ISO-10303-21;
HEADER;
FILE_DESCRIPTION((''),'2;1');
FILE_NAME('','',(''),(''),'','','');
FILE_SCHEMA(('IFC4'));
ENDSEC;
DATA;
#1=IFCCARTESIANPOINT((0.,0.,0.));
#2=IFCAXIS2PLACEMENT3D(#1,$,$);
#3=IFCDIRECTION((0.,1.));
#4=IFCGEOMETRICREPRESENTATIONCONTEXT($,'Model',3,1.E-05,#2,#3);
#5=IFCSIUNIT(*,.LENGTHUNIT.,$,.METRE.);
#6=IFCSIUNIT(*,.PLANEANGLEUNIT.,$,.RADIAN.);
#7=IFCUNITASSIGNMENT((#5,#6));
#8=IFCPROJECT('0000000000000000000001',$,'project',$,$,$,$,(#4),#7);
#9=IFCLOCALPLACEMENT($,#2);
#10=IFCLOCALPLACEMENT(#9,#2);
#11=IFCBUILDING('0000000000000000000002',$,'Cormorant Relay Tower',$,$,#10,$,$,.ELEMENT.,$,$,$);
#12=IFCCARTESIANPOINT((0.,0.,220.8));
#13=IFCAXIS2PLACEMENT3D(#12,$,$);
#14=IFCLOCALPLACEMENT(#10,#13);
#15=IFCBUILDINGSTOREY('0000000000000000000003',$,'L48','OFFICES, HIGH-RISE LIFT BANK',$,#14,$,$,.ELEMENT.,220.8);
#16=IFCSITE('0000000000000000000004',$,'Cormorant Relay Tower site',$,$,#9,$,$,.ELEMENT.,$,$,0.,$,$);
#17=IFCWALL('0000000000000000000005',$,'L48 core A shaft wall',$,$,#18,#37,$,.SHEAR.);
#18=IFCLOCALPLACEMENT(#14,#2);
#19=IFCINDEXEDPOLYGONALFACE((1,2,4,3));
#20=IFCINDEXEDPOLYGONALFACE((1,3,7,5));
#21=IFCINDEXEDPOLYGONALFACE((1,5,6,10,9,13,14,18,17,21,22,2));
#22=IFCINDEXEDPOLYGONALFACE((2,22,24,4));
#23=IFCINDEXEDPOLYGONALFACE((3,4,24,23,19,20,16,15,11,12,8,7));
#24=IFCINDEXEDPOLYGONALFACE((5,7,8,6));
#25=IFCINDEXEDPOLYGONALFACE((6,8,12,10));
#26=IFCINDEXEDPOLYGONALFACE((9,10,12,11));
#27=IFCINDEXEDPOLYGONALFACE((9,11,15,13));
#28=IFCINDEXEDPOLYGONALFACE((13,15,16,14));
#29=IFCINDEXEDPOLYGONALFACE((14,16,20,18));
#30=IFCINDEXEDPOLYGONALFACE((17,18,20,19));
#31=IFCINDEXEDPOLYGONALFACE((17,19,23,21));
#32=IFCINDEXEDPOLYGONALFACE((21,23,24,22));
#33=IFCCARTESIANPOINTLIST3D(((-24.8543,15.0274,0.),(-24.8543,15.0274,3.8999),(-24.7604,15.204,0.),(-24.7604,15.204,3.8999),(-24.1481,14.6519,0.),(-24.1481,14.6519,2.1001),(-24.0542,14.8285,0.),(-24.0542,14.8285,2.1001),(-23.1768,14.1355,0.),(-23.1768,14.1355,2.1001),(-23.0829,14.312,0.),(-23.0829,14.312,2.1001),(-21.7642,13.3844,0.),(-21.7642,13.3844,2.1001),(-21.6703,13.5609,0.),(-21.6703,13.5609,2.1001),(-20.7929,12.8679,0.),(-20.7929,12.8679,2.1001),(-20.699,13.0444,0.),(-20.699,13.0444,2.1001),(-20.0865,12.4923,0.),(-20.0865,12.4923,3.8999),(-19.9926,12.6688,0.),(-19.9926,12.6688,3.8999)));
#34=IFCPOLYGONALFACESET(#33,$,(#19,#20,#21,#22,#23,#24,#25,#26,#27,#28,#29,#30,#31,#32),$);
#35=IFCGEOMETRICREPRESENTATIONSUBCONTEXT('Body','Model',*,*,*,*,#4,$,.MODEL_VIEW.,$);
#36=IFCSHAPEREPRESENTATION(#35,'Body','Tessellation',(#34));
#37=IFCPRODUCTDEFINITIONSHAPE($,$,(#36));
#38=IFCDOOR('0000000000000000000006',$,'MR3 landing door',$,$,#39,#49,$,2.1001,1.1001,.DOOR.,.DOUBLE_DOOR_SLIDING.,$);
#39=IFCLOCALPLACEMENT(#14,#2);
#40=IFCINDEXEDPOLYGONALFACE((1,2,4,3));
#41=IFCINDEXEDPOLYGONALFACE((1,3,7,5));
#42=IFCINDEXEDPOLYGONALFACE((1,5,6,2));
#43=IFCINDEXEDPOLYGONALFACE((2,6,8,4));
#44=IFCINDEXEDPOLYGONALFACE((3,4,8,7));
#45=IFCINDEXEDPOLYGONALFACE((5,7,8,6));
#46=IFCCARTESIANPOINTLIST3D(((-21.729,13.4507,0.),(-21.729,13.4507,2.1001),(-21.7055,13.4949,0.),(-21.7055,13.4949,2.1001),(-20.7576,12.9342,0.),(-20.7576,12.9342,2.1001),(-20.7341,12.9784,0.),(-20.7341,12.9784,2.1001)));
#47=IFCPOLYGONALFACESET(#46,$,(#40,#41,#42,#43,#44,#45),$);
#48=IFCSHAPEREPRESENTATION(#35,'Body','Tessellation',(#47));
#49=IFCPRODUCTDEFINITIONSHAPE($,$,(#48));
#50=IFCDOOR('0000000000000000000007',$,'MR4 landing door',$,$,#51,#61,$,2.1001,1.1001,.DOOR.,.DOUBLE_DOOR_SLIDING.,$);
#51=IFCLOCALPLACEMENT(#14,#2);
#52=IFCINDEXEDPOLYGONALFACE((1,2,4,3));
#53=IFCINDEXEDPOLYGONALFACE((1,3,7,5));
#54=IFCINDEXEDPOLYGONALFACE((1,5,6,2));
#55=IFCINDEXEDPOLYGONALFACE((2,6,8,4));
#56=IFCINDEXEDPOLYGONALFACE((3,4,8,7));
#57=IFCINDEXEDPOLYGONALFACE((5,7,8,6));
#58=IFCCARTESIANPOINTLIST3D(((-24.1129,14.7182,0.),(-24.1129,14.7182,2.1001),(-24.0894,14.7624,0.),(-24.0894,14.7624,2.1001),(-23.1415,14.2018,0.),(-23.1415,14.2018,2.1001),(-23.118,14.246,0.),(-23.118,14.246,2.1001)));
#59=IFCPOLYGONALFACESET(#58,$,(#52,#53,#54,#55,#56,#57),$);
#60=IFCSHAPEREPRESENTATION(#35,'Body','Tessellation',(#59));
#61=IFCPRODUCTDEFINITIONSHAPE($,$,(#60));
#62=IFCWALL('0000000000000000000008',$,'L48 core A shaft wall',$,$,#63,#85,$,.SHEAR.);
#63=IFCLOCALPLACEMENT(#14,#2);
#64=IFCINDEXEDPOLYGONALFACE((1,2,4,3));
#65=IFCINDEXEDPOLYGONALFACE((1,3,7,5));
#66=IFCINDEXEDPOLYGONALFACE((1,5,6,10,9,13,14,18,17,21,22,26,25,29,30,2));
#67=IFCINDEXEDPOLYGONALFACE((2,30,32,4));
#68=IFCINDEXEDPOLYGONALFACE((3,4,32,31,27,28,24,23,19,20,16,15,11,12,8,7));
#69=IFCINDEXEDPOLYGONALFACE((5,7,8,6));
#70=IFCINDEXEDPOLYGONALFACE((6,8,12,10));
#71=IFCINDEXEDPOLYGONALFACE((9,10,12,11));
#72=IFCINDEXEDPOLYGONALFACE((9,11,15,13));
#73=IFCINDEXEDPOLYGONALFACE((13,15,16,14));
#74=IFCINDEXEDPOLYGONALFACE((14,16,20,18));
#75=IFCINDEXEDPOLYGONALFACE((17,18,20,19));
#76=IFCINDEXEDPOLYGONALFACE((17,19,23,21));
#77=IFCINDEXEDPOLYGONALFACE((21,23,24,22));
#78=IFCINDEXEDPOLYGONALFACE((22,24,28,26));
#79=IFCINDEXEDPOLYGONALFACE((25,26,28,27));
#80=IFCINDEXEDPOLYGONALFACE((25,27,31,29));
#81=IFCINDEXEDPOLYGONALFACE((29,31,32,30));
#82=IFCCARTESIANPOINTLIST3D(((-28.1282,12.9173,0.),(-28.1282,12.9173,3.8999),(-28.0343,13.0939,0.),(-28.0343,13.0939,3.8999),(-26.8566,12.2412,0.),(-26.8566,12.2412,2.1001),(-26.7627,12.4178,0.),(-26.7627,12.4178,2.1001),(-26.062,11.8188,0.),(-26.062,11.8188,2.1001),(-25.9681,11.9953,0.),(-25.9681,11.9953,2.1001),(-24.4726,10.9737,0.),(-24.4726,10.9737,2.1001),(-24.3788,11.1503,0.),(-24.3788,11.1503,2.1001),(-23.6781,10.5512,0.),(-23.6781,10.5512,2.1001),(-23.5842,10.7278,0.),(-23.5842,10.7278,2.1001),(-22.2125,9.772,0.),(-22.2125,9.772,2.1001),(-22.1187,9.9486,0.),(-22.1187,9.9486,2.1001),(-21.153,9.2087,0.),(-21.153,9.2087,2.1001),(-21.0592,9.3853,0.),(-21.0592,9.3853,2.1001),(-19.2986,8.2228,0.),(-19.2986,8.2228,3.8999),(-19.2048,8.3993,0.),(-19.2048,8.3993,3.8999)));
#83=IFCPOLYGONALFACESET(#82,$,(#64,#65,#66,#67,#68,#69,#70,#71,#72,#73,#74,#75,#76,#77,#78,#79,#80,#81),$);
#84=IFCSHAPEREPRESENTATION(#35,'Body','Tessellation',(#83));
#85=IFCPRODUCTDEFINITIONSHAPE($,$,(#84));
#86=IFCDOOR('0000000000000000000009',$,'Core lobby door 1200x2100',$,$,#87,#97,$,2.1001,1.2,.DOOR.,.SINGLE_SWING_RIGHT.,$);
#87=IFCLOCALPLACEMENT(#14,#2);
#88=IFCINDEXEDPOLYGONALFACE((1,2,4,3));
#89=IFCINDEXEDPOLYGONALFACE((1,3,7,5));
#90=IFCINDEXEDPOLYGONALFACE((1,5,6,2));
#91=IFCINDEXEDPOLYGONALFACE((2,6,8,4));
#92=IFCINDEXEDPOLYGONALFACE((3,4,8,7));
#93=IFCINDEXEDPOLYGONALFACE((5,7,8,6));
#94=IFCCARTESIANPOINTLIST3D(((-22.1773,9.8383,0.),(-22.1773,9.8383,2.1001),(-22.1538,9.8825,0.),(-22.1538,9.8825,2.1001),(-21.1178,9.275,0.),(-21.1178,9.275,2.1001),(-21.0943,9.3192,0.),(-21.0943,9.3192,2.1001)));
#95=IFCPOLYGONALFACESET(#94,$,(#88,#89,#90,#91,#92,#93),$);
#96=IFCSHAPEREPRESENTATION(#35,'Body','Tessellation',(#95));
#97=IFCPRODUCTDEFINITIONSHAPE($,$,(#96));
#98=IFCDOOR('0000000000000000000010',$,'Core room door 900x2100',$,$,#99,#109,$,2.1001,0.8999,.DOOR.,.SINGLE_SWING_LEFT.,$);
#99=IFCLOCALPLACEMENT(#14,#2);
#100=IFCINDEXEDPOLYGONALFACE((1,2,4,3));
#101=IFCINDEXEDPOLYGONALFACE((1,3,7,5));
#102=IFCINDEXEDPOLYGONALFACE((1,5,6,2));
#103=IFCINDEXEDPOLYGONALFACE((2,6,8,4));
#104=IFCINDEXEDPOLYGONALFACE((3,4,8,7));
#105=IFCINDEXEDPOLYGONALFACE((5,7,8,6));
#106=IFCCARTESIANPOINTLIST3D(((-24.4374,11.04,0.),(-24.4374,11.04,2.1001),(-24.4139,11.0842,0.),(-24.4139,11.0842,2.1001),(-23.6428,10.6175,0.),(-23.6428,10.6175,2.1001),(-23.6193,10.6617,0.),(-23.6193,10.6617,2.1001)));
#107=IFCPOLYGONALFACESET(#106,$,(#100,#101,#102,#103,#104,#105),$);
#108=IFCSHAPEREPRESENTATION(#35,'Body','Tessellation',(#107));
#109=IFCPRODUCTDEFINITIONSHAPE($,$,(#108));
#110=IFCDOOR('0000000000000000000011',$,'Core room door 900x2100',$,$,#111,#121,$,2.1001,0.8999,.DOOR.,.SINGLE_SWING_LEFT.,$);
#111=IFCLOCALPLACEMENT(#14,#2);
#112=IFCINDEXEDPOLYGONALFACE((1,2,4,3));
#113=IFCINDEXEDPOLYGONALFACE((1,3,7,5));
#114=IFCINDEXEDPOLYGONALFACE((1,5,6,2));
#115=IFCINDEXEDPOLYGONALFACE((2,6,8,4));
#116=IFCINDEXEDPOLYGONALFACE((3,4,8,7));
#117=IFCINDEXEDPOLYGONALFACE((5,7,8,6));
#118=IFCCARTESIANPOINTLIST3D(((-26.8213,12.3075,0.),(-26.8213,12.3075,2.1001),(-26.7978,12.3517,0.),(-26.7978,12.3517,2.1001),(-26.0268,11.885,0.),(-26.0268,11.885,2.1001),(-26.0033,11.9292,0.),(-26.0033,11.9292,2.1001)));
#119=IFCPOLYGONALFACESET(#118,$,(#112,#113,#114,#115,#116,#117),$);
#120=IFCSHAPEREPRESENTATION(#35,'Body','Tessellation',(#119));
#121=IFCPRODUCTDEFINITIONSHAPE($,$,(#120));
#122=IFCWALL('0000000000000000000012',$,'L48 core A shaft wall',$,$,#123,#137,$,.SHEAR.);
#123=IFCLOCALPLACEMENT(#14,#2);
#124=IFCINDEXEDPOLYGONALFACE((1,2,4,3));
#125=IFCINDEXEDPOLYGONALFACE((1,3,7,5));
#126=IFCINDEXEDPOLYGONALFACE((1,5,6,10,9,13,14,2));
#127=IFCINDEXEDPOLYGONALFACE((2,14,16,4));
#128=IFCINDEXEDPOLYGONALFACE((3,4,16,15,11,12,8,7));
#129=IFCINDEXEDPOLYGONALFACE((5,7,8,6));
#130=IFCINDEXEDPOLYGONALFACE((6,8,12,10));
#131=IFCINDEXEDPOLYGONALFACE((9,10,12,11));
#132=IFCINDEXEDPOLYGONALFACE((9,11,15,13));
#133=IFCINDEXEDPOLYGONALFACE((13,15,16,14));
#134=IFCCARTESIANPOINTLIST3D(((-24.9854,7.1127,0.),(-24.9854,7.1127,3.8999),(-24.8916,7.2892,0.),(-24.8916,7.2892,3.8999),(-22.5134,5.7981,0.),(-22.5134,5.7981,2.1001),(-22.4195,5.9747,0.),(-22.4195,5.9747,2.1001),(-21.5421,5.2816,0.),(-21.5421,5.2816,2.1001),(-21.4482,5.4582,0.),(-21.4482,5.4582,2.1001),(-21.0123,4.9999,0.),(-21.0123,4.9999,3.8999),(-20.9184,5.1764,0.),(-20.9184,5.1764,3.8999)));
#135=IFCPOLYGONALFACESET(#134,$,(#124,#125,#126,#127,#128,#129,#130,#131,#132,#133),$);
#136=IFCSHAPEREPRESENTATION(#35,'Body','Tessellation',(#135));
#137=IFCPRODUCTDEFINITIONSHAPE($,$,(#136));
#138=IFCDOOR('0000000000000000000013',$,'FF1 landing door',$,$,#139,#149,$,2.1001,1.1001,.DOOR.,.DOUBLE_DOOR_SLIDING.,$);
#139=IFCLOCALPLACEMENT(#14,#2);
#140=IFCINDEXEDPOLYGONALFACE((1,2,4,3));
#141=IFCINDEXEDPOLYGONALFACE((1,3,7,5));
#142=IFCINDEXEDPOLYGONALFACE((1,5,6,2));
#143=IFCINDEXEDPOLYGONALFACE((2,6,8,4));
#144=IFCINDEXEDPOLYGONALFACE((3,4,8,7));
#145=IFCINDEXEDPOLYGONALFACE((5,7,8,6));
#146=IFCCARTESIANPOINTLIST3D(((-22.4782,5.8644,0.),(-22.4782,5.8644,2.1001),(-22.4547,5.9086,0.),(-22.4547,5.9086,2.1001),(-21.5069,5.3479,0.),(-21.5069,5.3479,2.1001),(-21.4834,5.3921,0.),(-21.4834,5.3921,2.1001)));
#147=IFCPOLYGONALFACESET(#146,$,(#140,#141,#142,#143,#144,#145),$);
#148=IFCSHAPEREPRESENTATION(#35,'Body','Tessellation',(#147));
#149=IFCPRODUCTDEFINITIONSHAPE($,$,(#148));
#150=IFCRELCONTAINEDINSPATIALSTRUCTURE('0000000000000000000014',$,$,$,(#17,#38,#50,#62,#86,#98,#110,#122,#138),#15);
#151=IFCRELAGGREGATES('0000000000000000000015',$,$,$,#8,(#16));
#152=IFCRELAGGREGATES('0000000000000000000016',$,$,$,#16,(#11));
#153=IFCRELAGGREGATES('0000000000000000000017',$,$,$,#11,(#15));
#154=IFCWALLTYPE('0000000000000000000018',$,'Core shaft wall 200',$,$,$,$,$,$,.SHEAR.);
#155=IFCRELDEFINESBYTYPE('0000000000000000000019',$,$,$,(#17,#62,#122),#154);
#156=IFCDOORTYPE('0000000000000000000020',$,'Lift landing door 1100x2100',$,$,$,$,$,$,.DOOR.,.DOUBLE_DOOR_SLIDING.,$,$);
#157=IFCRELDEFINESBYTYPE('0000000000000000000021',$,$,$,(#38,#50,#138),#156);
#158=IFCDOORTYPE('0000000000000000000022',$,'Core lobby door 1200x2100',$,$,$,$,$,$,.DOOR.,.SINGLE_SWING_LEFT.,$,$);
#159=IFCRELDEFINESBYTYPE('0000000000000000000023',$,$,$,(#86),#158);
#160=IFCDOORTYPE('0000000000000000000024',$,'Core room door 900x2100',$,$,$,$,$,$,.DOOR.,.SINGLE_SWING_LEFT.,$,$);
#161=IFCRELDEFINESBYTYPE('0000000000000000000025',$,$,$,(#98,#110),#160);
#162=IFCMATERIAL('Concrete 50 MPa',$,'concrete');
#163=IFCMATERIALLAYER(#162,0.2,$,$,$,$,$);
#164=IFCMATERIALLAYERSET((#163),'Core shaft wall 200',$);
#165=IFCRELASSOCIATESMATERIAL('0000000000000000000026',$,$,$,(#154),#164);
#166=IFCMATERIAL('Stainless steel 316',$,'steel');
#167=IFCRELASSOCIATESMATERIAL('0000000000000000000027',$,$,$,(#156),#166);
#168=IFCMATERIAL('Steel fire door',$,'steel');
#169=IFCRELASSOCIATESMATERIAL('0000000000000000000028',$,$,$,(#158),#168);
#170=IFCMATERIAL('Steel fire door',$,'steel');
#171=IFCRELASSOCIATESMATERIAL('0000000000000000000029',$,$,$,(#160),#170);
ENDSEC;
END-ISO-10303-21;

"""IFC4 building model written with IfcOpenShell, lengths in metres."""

from ifc_helpers import new_model, si_unit, direction, frame, frame_2d, origin, place, context, subcontext, project, spatial, rectangle, extrude, material, layer, layer_set, type_object, element, fill, save


model = new_model("IFC4")

# Units and contexts
model_context = context("Model", 3, precision=1e-05, world=origin(), true_north=direction((0.0, 1.0)))
body_context = subcontext(model_context, "Body", "Model", "MODEL_VIEW")
ifc_project = project(units=[si_unit("LENGTHUNIT", "METRE"), si_unit("PLANEANGLEUNIT", "RADIAN")], contexts=[model_context])

# Site, building, storey
site_placement = place(None, origin())
site = spatial("IfcSite", under=ifc_project, at=site_placement, Name="Cormorant Relay Tower site", CompositionType="ELEMENT", RefElevation=0.0)
building_placement = place(site_placement, origin())
building = spatial("IfcBuilding", under=site, at=building_placement, Name="Cormorant Relay Tower", CompositionType="ELEMENT")
storey_placement = place(building_placement, frame((0.0, 0.0, 220.8)))
storey = spatial("IfcBuildingStorey", under=building, at=storey_placement, Name="L48", Description="OFFICES, HIGH-RISE LIFT BANK", CompositionType="ELEMENT", Elevation=220.8)

# Shared definitions
ifc_material_1 = material(Name="Concrete 50 MPa", Category="concrete")
ifc_layer_1 = layer(ifc_material_1, 0.2)
ifc_layer_set_1 = layer_set([ifc_layer_1], Name="Core shaft wall 200")
wall_type_1 = type_object("IfcWallType", Name="Core shaft wall 200", PredefinedType="SHEAR", material=ifc_layer_set_1)

# Walls, openings, doors
wall_1_placement = place(storey_placement, frame((-20.0396, 12.5806, 0.0), z_axis=(0.0, 0.0, 1.0), x_axis=(-0.882943, 0.46948, 0.0)))
wall_1 = element("IfcWall", 1, at=wall_1_placement, inside=storey, type_object=wall_type_1, Name="L48 core A shaft wall", PredefinedType="SHEAR", context=body_context, shape_type="SweptSolid", body=[
    extrude(rectangle(XDim=5.3999, YDim=0.2, at=frame_2d((2.7, 0.0))), origin(), (0.0, 0.0, 1.0), 3.8999),
])
opening_1_placement = place(wall_1_placement, frame((0.8, 0.0, 0.0)))
opening_1 = element("IfcOpeningElement", 2, at=opening_1_placement, cuts=wall_1, PredefinedType="OPENING", context=body_context, shape_type="SweptSolid", body=[
    extrude(rectangle(XDim=1.1001, YDim=2.1001, at=frame_2d((0.55, 1.05))), frame((0.0, 0.1099, 0.0), z_axis=(0.0, -1.0, 0.0), x_axis=(1.0, 0.0, 0.0)), (0.0, 0.0, 1.0), 0.22),
])
opening_2_placement = place(wall_1_placement, frame((3.5, 0.0, 0.0)))
opening_2 = element("IfcOpeningElement", 3, at=opening_2_placement, cuts=wall_1, PredefinedType="OPENING", context=body_context, shape_type="SweptSolid", body=[
    extrude(rectangle(XDim=1.1001, YDim=2.1001, at=frame_2d((0.55, 1.05))), frame((0.0, 0.1099, 0.0), z_axis=(0.0, -1.0, 0.0), x_axis=(1.0, 0.0, 0.0)), (0.0, 0.0, 1.0), 0.22),
])
ifc_material_2 = material(Name="Stainless steel 316", Category="steel")
door_type_1 = type_object("IfcDoorType", Name="Lift landing door 1100x2100", OperationType="DOUBLE_DOOR_SLIDING", PredefinedType="DOOR", material=ifc_material_2)
door_1_placement = place(opening_1_placement, origin())
door_1 = element("IfcDoor", 4, at=door_1_placement, inside=storey, type_object=door_type_1, Name="MR3 landing door", OperationType="DOUBLE_DOOR_SLIDING", OverallHeight=2.1001, OverallWidth=1.1001, PredefinedType="DOOR", context=body_context, shape_type="SweptSolid", body=[
    extrude(rectangle(XDim=1.1001, YDim=2.1001, at=frame_2d((0.55, 1.05))), frame((0.0, 0.0249, 0.0), z_axis=(0.0, -1.0, 0.0), x_axis=(1.0, 0.0, 0.0)), (0.0, 0.0, 1.0), 0.05),
])
fill(opening_1, door_1)
door_2_placement = place(opening_2_placement, origin())
door_2 = element("IfcDoor", 5, at=door_2_placement, inside=storey, type_object=door_type_1, Name="MR4 landing door", OperationType="DOUBLE_DOOR_SLIDING", OverallHeight=2.1001, OverallWidth=1.1001, PredefinedType="DOOR", context=body_context, shape_type="SweptSolid", body=[
    extrude(rectangle(XDim=1.1001, YDim=2.1001, at=frame_2d((0.55, 1.05))), frame((0.0, 0.0249, 0.0), z_axis=(0.0, -1.0, 0.0), x_axis=(1.0, 0.0, 0.0)), (0.0, 0.0, 1.0), 0.05),
])
fill(opening_2, door_2)
wall_2_placement = place(storey_placement, frame((-19.2517, 8.311, 0.0), z_axis=(0.0, 0.0, 1.0), x_axis=(-0.882956, 0.469456, 0.0)))
wall_2 = element("IfcWall", 6, at=wall_2_placement, inside=storey, type_object=wall_type_1, Name="L48 core A shaft wall", PredefinedType="SHEAR", context=body_context, shape_type="SweptSolid", body=[
    extrude(rectangle(XDim=10.0, YDim=0.2, at=frame_2d((5.0, 0.0))), origin(), (0.0, 0.0, 1.0), 3.8999),
])
opening_3_placement = place(wall_2_placement, frame((2.1001, 0.0, 0.0)))
opening_3 = element("IfcOpeningElement", 7, at=opening_3_placement, cuts=wall_2, PredefinedType="OPENING", context=body_context, shape_type="SweptSolid", body=[
    extrude(rectangle(XDim=1.2, YDim=2.1001, at=frame_2d((0.6001, 1.05))), frame((0.0, 0.1099, 0.0), z_axis=(0.0, -1.0, 0.0), x_axis=(1.0, 0.0, 0.0)), (0.0, 0.0, 1.0), 0.22),
])
opening_4_placement = place(wall_2_placement, frame((4.96, 0.0, 0.0)))
opening_4 = element("IfcOpeningElement", 8, at=opening_4_placement, cuts=wall_2, PredefinedType="OPENING", context=body_context, shape_type="SweptSolid", body=[
    extrude(rectangle(XDim=0.8999, YDim=2.1001, at=frame_2d((0.45, 1.05))), frame((0.0, 0.1099, 0.0), z_axis=(0.0, -1.0, 0.0), x_axis=(1.0, 0.0, 0.0)), (0.0, 0.0, 1.0), 0.22),
])
opening_5_placement = place(wall_2_placement, frame((7.6599, 0.0, 0.0)))
opening_5 = element("IfcOpeningElement", 9, at=opening_5_placement, cuts=wall_2, PredefinedType="OPENING", context=body_context, shape_type="SweptSolid", body=[
    extrude(rectangle(XDim=0.8999, YDim=2.1001, at=frame_2d((0.45, 1.05))), frame((0.0, 0.1099, 0.0), z_axis=(0.0, -1.0, 0.0), x_axis=(1.0, 0.0, 0.0)), (0.0, 0.0, 1.0), 0.22),
])
ifc_material_3 = material(Name="Steel fire door", Category="steel")
door_type_2 = type_object("IfcDoorType", Name="Core lobby door 1200x2100", OperationType="SINGLE_SWING_LEFT", PredefinedType="DOOR", material=ifc_material_3)
door_3_placement = place(opening_3_placement, origin())
door_3 = element("IfcDoor", 10, at=door_3_placement, inside=storey, type_object=door_type_2, Name="Core lobby door 1200x2100", OperationType="SINGLE_SWING_RIGHT", OverallHeight=2.1001, OverallWidth=1.2, PredefinedType="DOOR", context=body_context, shape_type="SweptSolid", body=[
    extrude(rectangle(XDim=1.2, YDim=2.1001, at=frame_2d((0.6001, 1.05))), frame((0.0, 0.0249, 0.0), z_axis=(0.0, -1.0, 0.0), x_axis=(1.0, 0.0, 0.0)), (0.0, 0.0, 1.0), 0.05),
])
fill(opening_3, door_3)
ifc_material_4 = material(Name="Steel fire door", Category="steel")
door_type_3 = type_object("IfcDoorType", Name="Core room door 900x2100", OperationType="SINGLE_SWING_LEFT", PredefinedType="DOOR", material=ifc_material_4)
door_4_placement = place(opening_4_placement, origin())
door_4 = element("IfcDoor", 11, at=door_4_placement, inside=storey, type_object=door_type_3, Name="Core room door 900x2100", OperationType="SINGLE_SWING_LEFT", OverallHeight=2.1001, OverallWidth=0.8999, PredefinedType="DOOR", context=body_context, shape_type="SweptSolid", body=[
    extrude(rectangle(XDim=0.8999, YDim=2.1001, at=frame_2d((0.45, 1.05))), frame((0.0, 0.0249, 0.0), z_axis=(0.0, -1.0, 0.0), x_axis=(1.0, 0.0, 0.0)), (0.0, 0.0, 1.0), 0.05),
])
fill(opening_4, door_4)
door_5_placement = place(opening_5_placement, origin())
door_5 = element("IfcDoor", 12, at=door_5_placement, inside=storey, type_object=door_type_3, Name="Core room door 900x2100", OperationType="SINGLE_SWING_LEFT", OverallHeight=2.1001, OverallWidth=0.8999, PredefinedType="DOOR", context=body_context, shape_type="SweptSolid", body=[
    extrude(rectangle(XDim=0.8999, YDim=2.1001, at=frame_2d((0.45, 1.05))), frame((0.0, 0.0249, 0.0), z_axis=(0.0, -1.0, 0.0), x_axis=(1.0, 0.0, 0.0)), (0.0, 0.0, 1.0), 0.05),
])
fill(opening_5, door_5)

# Wall, opening, door
wall_3_placement = place(storey_placement, frame((-20.9653, 5.0881, 0.0), z_axis=(0.0, 0.0, 1.0), x_axis=(-0.882926, 0.469512, 0.0)))
wall_3 = element("IfcWall", 13, at=wall_3_placement, inside=storey, type_object=wall_type_1, Name="L48 core A shaft wall", PredefinedType="SHEAR", context=body_context, shape_type="SweptSolid", body=[
    extrude(rectangle(XDim=4.5, YDim=0.2, at=frame_2d((2.25, 0.0))), origin(), (0.0, 0.0, 1.0), 3.8999),
])
opening_6_placement = place(wall_3_placement, frame((0.6001, 0.0, 0.0)))
opening_6 = element("IfcOpeningElement", 14, at=opening_6_placement, cuts=wall_3, PredefinedType="OPENING", context=body_context, shape_type="SweptSolid", body=[
    extrude(rectangle(XDim=1.1001, YDim=2.1001, at=frame_2d((0.55, 1.05))), frame((0.0, 0.1099, 0.0), z_axis=(0.0, -1.0, 0.0), x_axis=(1.0, 0.0, 0.0)), (0.0, 0.0, 1.0), 0.22),
])
door_6_placement = place(opening_6_placement, origin())
door_6 = element("IfcDoor", 15, at=door_6_placement, inside=storey, type_object=door_type_1, Name="FF1 landing door", OperationType="DOUBLE_DOOR_SLIDING", OverallHeight=2.1001, OverallWidth=1.1001, PredefinedType="DOOR", context=body_context, shape_type="SweptSolid", body=[
    extrude(rectangle(XDim=1.1001, YDim=2.1001, at=frame_2d((0.55, 1.05))), frame((0.0, 0.0249, 0.0), z_axis=(0.0, -1.0, 0.0), x_axis=(1.0, 0.0, 0.0)), (0.0, 0.0, 1.0), 0.05),
])
fill(opening_6, door_6)

save(model, "model.ifc")
